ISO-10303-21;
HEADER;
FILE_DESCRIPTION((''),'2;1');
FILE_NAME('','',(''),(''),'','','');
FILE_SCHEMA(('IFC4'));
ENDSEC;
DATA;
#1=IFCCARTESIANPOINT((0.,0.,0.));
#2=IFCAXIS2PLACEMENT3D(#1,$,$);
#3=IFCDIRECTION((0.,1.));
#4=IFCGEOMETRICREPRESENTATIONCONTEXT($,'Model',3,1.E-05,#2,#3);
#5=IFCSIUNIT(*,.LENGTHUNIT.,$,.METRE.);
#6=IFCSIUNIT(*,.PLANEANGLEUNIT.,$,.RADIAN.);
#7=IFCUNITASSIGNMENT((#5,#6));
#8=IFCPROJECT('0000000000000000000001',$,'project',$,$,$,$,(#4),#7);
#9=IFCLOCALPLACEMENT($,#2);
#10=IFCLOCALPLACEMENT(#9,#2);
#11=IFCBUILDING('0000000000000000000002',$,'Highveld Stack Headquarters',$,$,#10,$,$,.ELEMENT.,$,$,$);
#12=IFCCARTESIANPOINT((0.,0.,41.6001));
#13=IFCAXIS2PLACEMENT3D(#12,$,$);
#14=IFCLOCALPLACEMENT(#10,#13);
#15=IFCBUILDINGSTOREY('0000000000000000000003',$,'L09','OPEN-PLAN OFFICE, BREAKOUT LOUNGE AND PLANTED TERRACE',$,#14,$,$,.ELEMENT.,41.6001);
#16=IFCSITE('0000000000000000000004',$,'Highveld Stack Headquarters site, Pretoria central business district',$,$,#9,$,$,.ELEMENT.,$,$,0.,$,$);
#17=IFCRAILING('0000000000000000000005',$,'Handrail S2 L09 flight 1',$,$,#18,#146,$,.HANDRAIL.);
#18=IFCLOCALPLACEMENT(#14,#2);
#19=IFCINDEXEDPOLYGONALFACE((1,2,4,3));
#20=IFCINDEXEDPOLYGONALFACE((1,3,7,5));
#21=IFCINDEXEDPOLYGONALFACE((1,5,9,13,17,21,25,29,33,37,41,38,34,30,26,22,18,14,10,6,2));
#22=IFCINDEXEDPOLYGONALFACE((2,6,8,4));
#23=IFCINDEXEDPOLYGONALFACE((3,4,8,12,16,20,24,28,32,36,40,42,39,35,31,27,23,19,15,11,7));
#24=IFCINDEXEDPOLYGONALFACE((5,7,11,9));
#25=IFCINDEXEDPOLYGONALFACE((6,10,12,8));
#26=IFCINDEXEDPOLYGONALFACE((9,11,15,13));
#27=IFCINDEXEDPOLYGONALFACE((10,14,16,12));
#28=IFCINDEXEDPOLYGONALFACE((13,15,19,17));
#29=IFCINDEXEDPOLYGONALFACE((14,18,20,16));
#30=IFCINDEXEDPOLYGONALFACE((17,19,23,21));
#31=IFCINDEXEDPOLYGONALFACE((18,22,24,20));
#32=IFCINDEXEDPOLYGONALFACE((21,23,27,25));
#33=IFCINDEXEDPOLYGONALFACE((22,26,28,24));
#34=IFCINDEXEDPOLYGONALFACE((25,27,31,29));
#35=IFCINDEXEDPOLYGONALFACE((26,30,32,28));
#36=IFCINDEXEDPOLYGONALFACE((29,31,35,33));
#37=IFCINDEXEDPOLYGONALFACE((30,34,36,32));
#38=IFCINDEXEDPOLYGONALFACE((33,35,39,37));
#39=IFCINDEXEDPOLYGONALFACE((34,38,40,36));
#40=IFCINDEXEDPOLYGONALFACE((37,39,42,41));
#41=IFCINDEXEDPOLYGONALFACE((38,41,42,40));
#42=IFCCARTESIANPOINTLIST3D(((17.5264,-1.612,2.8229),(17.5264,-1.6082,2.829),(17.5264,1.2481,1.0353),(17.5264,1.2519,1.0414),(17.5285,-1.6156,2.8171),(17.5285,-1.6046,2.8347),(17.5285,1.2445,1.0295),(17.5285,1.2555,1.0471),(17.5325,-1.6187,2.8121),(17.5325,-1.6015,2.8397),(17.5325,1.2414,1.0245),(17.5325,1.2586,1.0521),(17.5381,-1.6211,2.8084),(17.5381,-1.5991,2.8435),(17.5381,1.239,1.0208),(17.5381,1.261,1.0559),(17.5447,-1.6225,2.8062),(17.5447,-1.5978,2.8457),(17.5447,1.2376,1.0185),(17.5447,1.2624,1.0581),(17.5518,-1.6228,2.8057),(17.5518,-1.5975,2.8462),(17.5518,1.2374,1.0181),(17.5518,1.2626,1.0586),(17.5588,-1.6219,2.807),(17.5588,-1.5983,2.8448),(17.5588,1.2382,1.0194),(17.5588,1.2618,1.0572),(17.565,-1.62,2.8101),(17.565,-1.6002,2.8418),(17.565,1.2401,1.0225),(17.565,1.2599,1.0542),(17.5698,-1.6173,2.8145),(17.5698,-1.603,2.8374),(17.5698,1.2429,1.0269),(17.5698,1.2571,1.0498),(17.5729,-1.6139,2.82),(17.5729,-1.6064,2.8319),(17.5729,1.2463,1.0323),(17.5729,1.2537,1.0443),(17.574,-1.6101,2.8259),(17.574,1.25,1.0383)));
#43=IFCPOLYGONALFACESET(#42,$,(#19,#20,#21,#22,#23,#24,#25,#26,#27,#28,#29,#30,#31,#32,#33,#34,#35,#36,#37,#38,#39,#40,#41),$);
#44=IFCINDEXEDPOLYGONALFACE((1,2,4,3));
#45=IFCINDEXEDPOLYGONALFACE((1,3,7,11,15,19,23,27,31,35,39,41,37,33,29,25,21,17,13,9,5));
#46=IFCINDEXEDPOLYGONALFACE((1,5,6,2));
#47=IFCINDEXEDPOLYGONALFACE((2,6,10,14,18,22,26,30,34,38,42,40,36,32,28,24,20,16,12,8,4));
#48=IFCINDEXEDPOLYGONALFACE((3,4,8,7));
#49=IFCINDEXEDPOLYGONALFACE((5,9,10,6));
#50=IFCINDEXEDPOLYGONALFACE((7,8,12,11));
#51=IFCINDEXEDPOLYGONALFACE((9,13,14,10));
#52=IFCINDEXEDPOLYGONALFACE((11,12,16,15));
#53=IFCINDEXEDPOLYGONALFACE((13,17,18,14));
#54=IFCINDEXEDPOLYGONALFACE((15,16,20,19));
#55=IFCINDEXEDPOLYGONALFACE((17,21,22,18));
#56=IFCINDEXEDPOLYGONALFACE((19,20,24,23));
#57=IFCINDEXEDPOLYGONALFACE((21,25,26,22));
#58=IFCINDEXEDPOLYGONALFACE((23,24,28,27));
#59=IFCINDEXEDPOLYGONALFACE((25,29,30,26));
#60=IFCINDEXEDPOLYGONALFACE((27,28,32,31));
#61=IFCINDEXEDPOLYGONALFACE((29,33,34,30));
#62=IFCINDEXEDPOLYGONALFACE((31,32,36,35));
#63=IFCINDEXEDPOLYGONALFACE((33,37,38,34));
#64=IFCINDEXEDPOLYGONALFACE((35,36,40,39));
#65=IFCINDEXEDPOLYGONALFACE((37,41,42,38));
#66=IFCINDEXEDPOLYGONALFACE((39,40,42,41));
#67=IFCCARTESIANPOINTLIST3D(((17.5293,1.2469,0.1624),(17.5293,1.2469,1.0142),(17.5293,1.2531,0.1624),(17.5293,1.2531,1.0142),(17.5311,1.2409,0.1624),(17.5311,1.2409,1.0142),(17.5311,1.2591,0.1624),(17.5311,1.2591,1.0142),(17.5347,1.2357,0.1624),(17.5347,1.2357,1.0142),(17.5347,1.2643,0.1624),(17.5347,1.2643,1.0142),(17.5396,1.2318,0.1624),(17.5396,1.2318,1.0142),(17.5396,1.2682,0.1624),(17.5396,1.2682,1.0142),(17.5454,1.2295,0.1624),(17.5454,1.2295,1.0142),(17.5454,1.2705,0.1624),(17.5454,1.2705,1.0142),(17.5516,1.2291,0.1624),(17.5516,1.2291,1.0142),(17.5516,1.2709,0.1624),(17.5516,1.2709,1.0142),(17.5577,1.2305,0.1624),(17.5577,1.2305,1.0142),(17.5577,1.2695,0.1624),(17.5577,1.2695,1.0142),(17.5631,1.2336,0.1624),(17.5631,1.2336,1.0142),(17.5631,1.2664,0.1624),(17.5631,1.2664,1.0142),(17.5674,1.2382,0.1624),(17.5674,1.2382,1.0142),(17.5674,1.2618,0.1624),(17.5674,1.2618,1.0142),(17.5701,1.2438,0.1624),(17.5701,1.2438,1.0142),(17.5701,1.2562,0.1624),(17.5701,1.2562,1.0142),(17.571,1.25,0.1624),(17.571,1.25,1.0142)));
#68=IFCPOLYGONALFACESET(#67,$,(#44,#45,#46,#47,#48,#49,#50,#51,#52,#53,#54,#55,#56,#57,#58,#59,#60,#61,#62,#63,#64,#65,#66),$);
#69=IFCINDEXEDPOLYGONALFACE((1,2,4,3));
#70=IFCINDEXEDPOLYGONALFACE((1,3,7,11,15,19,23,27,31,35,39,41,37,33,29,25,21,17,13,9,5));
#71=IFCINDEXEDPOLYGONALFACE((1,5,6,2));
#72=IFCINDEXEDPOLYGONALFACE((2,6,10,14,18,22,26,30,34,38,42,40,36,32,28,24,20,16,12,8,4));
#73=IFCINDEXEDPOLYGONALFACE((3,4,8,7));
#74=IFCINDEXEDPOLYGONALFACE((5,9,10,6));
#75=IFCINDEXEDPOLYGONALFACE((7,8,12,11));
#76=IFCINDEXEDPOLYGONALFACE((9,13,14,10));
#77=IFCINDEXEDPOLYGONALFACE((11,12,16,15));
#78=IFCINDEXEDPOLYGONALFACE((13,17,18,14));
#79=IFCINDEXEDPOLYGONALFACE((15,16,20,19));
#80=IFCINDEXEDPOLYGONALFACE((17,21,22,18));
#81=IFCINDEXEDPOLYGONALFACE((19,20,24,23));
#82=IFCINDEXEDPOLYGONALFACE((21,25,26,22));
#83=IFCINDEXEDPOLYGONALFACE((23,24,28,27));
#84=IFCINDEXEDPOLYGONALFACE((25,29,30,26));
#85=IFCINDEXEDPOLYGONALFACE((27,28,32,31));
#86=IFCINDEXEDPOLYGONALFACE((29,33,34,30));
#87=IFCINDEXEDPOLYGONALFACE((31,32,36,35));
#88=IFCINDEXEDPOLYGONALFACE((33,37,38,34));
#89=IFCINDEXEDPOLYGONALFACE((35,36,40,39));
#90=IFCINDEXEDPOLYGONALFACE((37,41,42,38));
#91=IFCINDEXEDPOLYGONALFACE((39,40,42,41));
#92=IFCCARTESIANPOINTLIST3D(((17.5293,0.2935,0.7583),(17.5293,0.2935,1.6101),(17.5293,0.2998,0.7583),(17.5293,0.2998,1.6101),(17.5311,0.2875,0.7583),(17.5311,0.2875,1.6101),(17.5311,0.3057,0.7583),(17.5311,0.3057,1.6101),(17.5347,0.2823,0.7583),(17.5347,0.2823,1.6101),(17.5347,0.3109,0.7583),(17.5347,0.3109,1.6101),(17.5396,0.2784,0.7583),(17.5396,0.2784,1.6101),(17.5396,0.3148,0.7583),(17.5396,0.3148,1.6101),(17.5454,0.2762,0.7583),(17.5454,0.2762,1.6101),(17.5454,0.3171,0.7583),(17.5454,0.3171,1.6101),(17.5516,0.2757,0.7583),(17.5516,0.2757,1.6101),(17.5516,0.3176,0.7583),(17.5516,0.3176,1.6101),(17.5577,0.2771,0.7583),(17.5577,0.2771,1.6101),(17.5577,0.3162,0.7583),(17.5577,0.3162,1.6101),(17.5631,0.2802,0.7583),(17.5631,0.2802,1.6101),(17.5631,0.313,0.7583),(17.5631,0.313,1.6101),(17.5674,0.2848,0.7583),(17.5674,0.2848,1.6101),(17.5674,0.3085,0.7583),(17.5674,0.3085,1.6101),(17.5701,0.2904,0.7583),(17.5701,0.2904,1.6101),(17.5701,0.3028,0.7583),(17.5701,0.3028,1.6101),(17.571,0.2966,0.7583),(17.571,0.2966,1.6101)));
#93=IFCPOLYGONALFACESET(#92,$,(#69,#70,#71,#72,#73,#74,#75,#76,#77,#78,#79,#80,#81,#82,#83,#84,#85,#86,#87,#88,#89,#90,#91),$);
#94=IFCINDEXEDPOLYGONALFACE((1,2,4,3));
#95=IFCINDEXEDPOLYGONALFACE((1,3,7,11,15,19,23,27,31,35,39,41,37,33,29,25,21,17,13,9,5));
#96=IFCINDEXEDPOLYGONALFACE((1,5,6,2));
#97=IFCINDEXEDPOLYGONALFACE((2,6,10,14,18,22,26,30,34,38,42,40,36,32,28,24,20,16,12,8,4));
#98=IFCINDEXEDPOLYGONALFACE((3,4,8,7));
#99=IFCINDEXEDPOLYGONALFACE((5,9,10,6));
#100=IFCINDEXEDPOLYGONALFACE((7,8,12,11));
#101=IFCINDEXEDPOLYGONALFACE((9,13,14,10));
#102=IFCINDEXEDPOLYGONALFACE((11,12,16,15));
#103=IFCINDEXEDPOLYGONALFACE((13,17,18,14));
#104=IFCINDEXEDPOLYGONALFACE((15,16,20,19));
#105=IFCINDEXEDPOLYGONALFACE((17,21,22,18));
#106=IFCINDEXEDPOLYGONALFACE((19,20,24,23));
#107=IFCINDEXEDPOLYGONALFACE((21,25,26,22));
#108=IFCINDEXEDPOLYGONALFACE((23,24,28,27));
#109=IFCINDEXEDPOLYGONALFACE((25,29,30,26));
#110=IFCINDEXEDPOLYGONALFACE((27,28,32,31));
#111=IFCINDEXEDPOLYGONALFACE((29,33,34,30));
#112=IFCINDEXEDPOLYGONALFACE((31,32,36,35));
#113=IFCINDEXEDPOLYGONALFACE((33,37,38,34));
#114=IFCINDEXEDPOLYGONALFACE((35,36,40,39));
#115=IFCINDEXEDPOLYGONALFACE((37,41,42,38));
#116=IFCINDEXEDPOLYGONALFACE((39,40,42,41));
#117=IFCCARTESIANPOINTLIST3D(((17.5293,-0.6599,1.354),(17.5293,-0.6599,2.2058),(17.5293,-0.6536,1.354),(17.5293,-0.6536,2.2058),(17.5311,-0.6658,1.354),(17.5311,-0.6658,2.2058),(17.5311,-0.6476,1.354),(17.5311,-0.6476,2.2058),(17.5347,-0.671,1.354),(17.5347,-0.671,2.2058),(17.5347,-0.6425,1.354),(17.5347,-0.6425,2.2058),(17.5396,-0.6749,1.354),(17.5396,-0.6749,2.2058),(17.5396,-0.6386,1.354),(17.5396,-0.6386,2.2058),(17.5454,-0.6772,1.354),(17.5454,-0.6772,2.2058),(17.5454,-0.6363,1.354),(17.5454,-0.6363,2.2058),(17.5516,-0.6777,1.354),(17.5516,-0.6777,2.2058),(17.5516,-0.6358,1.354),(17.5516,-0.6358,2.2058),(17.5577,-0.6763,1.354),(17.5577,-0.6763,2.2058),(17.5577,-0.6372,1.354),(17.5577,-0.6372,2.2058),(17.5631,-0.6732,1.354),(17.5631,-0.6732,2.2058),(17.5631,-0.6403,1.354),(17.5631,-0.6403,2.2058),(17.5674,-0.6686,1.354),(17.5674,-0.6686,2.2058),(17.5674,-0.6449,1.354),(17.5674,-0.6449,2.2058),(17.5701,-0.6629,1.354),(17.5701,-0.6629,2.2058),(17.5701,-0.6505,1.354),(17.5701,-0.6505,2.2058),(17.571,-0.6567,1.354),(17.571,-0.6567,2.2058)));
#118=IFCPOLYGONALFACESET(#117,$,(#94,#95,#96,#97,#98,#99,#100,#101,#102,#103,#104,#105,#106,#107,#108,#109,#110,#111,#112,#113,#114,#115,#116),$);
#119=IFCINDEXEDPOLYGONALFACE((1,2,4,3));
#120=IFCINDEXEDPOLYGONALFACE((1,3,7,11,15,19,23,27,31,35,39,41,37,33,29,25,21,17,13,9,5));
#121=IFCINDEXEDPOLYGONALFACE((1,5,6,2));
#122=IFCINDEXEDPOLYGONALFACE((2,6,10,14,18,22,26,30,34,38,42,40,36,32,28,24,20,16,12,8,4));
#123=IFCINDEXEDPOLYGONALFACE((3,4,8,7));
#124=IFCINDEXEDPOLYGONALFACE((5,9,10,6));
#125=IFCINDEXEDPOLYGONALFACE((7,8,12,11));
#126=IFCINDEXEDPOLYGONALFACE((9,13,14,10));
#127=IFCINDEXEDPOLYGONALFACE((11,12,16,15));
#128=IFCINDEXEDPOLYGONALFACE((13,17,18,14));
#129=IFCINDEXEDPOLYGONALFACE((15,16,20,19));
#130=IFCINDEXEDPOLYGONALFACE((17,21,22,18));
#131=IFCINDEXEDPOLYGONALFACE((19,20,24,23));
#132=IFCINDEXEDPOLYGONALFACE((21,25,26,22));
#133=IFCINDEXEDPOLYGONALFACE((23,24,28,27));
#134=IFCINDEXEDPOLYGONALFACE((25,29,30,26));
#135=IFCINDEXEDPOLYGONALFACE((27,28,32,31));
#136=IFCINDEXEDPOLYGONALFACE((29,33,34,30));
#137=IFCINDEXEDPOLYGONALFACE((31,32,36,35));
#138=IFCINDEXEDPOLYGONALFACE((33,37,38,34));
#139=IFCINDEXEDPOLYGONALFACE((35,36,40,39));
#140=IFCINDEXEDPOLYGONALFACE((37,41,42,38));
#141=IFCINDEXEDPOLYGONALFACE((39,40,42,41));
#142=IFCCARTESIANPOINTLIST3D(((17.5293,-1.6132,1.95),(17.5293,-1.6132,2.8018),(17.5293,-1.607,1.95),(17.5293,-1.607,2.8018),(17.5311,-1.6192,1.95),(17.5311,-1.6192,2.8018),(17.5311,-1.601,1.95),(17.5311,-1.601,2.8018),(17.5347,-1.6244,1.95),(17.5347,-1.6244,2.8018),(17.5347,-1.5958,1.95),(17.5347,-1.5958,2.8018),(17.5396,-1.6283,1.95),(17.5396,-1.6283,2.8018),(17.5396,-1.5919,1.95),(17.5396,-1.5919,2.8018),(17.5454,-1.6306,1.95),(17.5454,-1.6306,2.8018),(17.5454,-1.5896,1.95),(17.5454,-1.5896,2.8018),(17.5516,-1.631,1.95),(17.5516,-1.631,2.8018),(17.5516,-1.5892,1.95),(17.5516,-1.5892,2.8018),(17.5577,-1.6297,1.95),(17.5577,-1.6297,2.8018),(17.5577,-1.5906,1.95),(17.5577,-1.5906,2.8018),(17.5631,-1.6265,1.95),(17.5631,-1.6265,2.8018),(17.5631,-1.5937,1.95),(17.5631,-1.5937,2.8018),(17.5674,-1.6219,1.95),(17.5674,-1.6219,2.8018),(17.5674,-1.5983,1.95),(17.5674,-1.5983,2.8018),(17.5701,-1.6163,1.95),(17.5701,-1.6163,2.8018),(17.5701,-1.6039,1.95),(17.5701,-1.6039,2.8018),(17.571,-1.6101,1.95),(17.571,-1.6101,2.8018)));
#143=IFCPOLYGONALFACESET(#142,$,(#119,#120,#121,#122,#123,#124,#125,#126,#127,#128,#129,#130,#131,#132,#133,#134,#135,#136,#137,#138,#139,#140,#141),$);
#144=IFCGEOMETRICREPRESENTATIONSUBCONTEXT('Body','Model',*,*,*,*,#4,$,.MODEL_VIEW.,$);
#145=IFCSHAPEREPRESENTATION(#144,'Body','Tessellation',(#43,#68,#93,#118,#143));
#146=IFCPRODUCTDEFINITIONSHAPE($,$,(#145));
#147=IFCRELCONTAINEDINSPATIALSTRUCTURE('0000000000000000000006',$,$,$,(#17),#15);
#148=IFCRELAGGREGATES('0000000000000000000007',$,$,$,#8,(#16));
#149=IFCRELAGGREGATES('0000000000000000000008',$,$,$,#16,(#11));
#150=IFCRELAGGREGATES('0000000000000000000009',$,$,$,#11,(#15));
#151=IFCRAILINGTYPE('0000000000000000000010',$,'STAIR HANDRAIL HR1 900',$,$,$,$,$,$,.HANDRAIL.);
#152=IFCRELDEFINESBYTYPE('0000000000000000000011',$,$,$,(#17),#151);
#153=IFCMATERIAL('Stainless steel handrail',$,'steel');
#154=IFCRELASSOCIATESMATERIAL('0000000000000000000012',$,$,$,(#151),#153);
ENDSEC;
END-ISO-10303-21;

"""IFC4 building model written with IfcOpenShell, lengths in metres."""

from ifc_helpers import new_model, si_unit, direction, frame, origin, origin_2d, place, context, subcontext, project, spatial, circle, extrude, material, type_object, element, save


model = new_model("IFC4")

# Units and contexts
model_context = context("Model", 3, precision=1e-05, world=origin(), true_north=direction((0.0, 1.0)))
body_context = subcontext(model_context, "Body", "Model", "MODEL_VIEW")
ifc_project = project(units=[si_unit("LENGTHUNIT", "METRE"), si_unit("PLANEANGLEUNIT", "RADIAN")], contexts=[model_context])

# Site, building, storey
site_placement = place(None, origin())
site = spatial("IfcSite", under=ifc_project, at=site_placement, Name="Highveld Stack Headquarters site, Pretoria central business district", CompositionType="ELEMENT", RefElevation=0.0)
building_placement = place(site_placement, origin())
building = spatial("IfcBuilding", under=site, at=building_placement, Name="Highveld Stack Headquarters", CompositionType="ELEMENT")
storey_placement = place(building_placement, frame((0.0, 0.0, 41.6001)))
storey = spatial("IfcBuildingStorey", under=building, at=storey_placement, Name="L09", Description="OPEN-PLAN OFFICE, BREAKOUT LOUNGE AND PLANTED TERRACE", CompositionType="ELEMENT", Elevation=41.6001)

# Railing
ifc_material_1 = material(Name="Stainless steel handrail", Category="steel")
railing_type = type_object("IfcRailingType", Name="STAIR HANDRAIL HR1 900", PredefinedType="HANDRAIL", material=ifc_material_1)
for number, where, name in (
    (1, (17.55, 1.25, 0.1624), "Handrail S2 L09 flight 1"),
):
    element("IfcRailing", number, at=place(storey_placement, frame(where)), inside=storey, type_object=railing_type, Name=name, PredefinedType="HANDRAIL", context=body_context, shape_type="SweptSolid", body=[
        extrude(circle(Radius=0.0239, at=origin_2d()), frame((0.0, 0.0, 0.876), z_axis=(0.0, -0.847994, 0.530005), x_axis=(1.0, 0.0, 0.0)), (0.0, 0.0, 1.0), 3.3728),
        extrude(circle(Radius=0.021, at=origin_2d()), origin(), (0.0, 0.0, 1.0), 0.8518),
        extrude(circle(Radius=0.021, at=origin_2d()), frame((0.0, -0.9534, 0.5959)), (0.0, 0.0, 1.0), 0.8518),
        extrude(circle(Radius=0.021, at=origin_2d()), frame((0.0, -1.9067, 1.1917)), (0.0, 0.0, 1.0), 0.8518),
        extrude(circle(Radius=0.021, at=origin_2d()), frame((0.0, -2.8601, 1.7876)), (0.0, 0.0, 1.0), 0.8518),
    ])

save(model, "model.ifc")
